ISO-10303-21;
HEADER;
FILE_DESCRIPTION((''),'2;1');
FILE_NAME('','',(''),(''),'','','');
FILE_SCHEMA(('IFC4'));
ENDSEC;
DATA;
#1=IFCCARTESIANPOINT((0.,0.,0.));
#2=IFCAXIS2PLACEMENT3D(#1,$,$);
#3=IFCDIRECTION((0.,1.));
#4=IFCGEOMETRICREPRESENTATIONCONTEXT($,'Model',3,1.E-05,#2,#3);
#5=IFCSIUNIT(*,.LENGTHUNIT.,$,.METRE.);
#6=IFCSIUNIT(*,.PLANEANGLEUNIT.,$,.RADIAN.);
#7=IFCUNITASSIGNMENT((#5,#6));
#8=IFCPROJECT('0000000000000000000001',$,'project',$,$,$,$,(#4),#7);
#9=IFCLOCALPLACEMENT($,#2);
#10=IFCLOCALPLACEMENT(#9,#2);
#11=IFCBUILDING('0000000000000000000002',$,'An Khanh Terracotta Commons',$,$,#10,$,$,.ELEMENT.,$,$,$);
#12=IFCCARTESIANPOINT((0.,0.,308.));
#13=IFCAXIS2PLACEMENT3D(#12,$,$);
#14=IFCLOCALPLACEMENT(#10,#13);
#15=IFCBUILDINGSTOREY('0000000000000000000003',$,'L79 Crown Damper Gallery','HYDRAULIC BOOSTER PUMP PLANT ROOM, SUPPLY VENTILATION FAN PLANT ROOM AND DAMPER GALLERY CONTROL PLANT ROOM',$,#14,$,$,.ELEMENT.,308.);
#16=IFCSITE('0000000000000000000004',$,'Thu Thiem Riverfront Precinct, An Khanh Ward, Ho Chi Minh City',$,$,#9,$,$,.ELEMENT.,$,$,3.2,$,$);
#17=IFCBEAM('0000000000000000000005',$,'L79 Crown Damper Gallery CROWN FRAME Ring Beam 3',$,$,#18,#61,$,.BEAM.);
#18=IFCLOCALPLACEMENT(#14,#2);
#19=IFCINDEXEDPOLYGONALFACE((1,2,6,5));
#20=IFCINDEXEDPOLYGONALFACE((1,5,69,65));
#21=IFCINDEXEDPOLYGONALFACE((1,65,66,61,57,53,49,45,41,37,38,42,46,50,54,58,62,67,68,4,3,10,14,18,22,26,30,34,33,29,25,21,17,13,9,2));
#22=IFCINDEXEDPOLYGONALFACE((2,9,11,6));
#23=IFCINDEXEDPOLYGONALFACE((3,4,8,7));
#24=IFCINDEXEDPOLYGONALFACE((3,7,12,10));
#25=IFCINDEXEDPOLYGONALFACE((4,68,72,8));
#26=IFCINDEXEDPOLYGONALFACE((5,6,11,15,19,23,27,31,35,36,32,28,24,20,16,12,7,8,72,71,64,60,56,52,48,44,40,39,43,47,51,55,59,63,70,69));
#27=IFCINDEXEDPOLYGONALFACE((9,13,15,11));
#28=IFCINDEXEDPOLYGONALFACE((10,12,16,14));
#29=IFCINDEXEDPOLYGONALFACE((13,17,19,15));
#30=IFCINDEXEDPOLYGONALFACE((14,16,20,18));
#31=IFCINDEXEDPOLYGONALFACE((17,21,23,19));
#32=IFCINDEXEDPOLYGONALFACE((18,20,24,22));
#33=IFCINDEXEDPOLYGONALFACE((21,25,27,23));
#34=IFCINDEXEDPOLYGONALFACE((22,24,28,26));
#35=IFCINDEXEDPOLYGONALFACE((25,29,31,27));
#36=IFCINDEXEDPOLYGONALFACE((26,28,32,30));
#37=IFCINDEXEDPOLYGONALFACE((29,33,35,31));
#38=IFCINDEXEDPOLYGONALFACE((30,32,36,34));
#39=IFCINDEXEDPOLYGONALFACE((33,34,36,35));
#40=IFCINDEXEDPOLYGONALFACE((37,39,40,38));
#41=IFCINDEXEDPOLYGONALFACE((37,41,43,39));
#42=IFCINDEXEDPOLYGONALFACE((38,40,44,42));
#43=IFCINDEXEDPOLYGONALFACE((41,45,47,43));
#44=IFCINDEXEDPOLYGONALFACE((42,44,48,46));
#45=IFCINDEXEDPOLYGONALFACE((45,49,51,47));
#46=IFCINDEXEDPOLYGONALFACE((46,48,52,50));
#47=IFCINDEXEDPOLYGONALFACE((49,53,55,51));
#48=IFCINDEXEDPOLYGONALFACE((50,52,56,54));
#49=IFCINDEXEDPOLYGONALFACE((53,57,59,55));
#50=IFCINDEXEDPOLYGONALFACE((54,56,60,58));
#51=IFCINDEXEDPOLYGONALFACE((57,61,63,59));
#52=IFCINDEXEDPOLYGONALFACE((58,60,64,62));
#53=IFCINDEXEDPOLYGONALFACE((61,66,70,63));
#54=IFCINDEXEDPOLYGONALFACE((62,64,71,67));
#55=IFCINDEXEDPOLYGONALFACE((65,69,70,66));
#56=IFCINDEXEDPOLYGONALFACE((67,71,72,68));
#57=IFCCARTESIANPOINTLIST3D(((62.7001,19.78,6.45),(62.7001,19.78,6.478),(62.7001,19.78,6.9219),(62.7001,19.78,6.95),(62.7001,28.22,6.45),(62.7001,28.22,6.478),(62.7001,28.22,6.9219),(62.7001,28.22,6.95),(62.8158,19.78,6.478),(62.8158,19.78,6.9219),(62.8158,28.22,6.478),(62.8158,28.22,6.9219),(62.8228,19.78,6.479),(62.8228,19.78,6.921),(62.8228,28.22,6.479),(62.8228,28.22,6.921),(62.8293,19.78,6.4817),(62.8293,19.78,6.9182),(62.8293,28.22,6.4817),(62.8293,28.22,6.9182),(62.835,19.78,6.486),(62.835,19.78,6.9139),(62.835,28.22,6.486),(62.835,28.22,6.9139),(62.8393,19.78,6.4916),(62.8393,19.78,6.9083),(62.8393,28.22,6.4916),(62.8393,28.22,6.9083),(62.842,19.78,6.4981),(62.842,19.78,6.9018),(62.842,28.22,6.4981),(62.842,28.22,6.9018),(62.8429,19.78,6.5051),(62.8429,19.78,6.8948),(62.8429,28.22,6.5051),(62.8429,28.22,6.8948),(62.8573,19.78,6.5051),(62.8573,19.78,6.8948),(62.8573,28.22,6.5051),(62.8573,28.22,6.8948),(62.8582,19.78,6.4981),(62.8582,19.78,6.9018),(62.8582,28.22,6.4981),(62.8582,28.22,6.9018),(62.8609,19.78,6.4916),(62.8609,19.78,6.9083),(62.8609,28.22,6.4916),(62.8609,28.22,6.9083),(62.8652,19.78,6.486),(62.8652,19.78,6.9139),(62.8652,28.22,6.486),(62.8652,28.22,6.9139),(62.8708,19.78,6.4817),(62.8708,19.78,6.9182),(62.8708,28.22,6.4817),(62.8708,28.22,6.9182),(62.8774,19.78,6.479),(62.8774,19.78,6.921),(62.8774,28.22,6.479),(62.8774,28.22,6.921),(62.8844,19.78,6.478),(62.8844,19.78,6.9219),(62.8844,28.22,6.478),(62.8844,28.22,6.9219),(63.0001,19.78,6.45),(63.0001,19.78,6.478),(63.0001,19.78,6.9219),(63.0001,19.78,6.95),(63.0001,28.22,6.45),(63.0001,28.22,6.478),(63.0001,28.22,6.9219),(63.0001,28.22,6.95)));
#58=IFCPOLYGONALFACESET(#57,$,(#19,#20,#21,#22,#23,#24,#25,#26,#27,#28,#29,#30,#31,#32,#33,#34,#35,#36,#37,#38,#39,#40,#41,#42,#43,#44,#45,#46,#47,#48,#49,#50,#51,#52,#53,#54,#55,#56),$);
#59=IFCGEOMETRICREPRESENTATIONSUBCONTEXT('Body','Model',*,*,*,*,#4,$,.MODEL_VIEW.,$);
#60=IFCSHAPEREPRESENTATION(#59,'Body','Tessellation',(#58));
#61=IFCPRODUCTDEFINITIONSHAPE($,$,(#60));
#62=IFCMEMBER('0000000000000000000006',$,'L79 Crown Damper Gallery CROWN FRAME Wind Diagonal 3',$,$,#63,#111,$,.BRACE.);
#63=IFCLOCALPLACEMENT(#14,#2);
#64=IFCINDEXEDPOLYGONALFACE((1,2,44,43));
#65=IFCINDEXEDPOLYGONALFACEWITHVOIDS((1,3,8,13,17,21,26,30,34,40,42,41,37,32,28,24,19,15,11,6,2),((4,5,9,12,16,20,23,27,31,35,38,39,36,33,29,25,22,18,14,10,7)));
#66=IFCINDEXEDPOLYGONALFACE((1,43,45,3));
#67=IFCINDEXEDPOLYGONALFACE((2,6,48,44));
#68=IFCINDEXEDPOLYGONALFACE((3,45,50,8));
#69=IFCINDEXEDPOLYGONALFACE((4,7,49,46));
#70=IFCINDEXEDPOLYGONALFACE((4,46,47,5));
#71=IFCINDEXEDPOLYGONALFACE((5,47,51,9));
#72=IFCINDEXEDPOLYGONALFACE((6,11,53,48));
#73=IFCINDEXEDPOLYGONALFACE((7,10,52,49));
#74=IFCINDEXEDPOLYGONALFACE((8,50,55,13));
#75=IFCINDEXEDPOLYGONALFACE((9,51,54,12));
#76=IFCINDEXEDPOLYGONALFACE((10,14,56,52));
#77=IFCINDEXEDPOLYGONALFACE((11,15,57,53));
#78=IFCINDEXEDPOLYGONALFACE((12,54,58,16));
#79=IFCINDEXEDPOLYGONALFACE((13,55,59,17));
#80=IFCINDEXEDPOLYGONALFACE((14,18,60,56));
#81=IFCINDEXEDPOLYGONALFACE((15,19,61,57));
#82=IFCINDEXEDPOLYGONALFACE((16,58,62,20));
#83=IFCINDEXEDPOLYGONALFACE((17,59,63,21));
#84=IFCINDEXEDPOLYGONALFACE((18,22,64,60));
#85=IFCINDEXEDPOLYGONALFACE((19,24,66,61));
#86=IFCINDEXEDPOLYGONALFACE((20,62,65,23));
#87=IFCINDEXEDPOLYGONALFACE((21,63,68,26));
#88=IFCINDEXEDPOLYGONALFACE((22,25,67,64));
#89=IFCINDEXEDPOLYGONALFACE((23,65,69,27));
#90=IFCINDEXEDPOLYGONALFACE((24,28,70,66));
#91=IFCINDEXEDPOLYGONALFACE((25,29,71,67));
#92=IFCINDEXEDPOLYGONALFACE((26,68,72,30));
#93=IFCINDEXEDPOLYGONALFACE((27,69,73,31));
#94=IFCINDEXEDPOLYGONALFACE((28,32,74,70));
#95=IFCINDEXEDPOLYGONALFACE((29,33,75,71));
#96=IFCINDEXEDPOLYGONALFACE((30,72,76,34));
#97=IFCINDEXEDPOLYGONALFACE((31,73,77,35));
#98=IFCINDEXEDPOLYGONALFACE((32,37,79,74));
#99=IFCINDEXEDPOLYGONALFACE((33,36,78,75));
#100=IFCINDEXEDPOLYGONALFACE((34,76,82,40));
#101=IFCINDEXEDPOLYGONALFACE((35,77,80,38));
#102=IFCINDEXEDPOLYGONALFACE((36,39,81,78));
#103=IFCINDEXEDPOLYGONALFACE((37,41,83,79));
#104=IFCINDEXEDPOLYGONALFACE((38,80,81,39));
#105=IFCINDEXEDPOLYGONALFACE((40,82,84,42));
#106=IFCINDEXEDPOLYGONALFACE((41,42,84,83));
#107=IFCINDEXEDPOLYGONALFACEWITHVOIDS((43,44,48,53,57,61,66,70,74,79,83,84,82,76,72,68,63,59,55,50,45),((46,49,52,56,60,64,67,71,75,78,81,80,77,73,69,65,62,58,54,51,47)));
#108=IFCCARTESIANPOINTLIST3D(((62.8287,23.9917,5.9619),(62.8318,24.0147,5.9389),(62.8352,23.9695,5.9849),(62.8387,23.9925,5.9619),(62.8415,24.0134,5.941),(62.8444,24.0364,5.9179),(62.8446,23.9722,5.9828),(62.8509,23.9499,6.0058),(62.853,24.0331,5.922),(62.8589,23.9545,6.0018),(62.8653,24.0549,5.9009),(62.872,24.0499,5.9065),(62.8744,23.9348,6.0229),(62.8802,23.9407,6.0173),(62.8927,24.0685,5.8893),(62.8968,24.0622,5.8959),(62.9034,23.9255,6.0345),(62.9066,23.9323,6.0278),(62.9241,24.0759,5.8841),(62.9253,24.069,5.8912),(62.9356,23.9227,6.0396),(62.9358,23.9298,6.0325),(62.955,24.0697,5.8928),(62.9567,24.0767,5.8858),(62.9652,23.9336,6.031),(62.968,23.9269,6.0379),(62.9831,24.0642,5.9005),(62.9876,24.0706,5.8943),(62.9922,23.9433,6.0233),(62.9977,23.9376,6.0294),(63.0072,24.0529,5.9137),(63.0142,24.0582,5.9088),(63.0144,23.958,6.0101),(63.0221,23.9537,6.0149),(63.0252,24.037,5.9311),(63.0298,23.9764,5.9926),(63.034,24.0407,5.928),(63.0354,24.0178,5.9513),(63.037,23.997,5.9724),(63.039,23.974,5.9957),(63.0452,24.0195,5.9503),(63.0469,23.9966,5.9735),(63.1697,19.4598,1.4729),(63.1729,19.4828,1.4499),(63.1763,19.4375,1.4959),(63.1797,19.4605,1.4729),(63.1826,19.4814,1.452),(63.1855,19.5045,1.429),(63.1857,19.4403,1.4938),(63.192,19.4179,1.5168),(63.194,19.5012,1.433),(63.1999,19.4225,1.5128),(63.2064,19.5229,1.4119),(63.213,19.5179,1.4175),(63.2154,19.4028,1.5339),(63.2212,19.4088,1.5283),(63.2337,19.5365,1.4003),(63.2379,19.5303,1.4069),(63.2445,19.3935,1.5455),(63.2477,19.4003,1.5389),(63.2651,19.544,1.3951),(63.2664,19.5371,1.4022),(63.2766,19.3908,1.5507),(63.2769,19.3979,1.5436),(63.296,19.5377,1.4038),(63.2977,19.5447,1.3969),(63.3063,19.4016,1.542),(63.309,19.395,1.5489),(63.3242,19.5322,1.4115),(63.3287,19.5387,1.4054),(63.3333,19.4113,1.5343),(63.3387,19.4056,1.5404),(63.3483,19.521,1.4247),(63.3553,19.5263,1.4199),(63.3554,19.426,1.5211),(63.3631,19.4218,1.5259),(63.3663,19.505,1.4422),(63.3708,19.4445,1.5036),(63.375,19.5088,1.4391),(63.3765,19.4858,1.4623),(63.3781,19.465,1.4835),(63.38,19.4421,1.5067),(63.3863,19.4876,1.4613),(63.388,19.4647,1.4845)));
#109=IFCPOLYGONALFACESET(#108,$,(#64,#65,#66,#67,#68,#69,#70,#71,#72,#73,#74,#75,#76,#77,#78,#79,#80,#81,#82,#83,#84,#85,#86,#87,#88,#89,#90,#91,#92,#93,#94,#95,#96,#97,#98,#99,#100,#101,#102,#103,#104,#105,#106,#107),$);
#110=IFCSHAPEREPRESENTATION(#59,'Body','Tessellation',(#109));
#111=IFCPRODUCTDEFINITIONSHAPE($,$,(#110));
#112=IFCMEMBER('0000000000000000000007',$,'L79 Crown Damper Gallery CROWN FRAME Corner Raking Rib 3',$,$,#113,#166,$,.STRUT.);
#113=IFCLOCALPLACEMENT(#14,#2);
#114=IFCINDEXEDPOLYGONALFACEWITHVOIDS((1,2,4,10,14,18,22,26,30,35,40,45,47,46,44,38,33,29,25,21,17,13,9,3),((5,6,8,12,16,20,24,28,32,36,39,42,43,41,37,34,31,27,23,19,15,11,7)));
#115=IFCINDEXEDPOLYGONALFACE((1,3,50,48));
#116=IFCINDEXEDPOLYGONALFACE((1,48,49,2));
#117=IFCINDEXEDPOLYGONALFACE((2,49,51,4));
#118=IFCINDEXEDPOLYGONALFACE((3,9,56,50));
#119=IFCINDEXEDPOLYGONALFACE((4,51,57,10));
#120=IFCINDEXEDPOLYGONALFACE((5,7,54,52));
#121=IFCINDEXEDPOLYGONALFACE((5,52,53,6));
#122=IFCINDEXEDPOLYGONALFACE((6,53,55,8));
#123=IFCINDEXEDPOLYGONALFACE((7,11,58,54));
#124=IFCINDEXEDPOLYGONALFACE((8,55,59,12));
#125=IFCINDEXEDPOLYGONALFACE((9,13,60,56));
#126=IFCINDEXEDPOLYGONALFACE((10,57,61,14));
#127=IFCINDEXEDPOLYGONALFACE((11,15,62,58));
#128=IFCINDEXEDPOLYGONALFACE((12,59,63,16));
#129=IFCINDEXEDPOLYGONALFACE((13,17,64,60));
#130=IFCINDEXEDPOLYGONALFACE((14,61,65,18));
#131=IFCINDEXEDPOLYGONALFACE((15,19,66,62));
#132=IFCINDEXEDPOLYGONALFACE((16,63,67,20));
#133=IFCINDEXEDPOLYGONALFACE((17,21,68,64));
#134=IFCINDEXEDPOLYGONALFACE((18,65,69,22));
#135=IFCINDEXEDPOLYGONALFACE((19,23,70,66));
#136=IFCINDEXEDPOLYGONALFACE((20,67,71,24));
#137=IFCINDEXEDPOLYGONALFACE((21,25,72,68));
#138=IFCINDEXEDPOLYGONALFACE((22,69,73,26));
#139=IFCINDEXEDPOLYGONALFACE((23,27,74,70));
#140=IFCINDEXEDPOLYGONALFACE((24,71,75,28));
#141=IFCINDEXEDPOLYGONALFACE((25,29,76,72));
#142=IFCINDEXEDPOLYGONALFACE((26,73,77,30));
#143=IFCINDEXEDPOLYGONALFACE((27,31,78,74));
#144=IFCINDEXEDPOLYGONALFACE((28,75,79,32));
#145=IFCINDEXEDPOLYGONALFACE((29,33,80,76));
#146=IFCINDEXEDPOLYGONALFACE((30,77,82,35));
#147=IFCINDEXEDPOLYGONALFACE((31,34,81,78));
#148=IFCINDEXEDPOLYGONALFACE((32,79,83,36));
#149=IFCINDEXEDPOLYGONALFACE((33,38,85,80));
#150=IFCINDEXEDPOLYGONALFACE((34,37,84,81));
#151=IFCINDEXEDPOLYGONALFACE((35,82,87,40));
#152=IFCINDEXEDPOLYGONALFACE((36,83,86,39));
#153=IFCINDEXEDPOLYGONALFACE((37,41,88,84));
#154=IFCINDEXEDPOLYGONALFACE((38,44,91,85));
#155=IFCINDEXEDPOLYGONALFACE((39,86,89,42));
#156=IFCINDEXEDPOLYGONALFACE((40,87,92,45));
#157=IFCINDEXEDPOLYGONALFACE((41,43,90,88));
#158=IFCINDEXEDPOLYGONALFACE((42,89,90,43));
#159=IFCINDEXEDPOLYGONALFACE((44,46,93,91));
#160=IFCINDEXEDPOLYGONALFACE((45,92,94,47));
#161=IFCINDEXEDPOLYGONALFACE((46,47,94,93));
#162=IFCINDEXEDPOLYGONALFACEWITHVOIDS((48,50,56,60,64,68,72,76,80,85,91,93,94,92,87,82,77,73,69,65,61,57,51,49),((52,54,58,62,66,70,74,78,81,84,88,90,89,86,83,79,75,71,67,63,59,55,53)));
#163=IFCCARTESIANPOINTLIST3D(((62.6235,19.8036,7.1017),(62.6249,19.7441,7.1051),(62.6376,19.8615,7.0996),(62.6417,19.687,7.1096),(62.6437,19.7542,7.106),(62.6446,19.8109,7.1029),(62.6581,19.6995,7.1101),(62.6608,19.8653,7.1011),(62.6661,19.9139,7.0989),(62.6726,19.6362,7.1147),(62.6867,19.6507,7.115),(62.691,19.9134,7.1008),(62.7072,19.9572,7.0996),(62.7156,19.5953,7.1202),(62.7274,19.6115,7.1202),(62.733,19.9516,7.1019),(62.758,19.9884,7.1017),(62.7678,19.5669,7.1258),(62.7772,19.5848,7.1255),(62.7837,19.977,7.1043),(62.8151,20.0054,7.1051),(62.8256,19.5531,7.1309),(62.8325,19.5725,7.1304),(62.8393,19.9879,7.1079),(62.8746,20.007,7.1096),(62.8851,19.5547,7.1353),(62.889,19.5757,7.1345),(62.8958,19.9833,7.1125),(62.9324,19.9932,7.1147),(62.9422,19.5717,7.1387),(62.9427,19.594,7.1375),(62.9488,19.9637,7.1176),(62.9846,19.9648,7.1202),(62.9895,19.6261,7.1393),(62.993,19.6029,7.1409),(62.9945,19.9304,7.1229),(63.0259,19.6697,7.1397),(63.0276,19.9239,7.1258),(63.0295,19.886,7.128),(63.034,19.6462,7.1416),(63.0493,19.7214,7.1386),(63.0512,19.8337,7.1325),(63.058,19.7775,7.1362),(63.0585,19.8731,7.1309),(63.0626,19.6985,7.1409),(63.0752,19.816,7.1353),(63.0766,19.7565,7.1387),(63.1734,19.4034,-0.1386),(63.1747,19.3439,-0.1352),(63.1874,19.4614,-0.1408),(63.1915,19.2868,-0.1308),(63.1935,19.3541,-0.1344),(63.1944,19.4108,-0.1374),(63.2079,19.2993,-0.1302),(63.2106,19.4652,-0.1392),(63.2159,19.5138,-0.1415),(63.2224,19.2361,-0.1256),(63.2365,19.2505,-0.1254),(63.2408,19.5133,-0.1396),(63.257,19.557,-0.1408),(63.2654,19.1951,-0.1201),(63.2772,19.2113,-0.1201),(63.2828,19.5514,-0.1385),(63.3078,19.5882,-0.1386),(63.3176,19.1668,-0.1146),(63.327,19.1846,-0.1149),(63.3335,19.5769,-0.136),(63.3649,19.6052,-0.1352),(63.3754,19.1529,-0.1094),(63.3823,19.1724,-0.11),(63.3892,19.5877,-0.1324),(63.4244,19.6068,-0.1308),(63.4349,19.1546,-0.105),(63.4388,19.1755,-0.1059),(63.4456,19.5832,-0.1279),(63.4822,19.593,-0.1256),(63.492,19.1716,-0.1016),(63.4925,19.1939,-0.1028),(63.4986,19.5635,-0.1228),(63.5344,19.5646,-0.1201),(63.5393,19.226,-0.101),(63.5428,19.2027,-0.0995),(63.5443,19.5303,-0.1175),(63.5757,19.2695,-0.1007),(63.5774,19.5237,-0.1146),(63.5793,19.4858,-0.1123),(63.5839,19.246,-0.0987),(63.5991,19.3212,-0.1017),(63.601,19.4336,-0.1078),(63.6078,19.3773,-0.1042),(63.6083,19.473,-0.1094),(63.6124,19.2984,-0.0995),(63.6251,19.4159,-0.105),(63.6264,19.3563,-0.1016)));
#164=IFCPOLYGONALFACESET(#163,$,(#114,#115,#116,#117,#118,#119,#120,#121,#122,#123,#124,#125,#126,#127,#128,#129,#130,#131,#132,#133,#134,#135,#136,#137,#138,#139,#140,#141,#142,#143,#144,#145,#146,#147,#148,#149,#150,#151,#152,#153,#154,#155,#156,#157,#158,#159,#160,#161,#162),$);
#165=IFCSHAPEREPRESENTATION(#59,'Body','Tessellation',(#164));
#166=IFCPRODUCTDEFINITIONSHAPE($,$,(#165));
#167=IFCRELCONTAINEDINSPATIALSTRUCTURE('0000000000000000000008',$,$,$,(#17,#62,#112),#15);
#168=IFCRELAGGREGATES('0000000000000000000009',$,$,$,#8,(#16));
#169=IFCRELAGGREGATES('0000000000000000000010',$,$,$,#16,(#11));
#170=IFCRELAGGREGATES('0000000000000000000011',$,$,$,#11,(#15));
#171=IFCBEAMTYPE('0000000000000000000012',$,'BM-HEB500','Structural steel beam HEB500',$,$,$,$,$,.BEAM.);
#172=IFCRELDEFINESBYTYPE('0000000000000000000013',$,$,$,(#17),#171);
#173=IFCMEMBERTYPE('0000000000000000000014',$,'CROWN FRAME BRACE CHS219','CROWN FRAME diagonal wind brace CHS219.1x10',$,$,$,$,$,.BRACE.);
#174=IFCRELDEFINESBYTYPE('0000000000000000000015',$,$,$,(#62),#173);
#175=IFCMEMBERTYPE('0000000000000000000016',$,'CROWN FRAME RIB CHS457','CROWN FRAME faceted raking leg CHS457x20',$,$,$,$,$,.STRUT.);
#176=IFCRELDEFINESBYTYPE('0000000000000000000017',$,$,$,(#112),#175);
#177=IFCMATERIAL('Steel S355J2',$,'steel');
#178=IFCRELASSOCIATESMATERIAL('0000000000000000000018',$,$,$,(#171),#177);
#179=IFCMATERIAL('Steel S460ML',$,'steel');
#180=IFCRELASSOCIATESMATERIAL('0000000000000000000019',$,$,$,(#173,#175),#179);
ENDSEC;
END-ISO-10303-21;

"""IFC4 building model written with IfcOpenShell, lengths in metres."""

from ifc_helpers import new_model, si_unit, direction, frame, origin, origin_2d, place, context, subcontext, project, spatial, hollow_circle, i_section, extrude, material, material_profile, profile_set, type_object, element, save


model = new_model("IFC4")

# Units and contexts
model_context = context("Model", 3, precision=1e-05, world=origin(), true_north=direction((0.0, 1.0)))
body_context = subcontext(model_context, "Body", "Model", "MODEL_VIEW")
ifc_project = project(units=[si_unit("LENGTHUNIT", "METRE"), si_unit("PLANEANGLEUNIT", "RADIAN")], contexts=[model_context])

# Site, building, storey
site_placement = place(None, origin())
site = spatial("IfcSite", under=ifc_project, at=site_placement, Name="Thu Thiem Riverfront Precinct, An Khanh Ward, Ho Chi Minh City", CompositionType="ELEMENT", RefElevation=3.2)
building_placement = place(site_placement, origin())
building = spatial("IfcBuilding", under=site, at=building_placement, Name="An Khanh Terracotta Commons", CompositionType="ELEMENT")
storey_placement = place(building_placement, frame((0.0, 0.0, 308.0)))
storey = spatial("IfcBuildingStorey", under=building, at=storey_placement, Name="L79 Crown Damper Gallery", Description="HYDRAULIC BOOSTER PUMP PLANT ROOM, SUPPLY VENTILATION FAN PLANT ROOM AND DAMPER GALLERY CONTROL PLANT ROOM", CompositionType="ELEMENT", Elevation=308.0)

# Beam
ifc_material_1 = material(Name="Steel S355J2", Category="steel")
ifc_material_profile_1 = material_profile(ifc_material_1, i_section(OverallWidth=0.3, OverallDepth=0.5, WebThickness=0.0144, FlangeThickness=0.0281, FilletRadius=0.0271, at=origin_2d()), Name="HEB500")
ifc_profile_set_1 = profile_set([ifc_material_profile_1], Name="Steel S355J2")
beam_type = type_object("IfcBeamType", Name="BM-HEB500", Description="Structural steel beam HEB500", PredefinedType="BEAM", material=ifc_profile_set_1)
beam_placement = place(storey_placement, frame((62.8501, 19.78, 6.7), z_axis=(0.0, 1.0, 0.0), x_axis=(-1.0, 0.0, 0.0)))
element("IfcBeam", 1, at=beam_placement, inside=storey, type_object=beam_type, Name="L79 Crown Damper Gallery CROWN FRAME Ring Beam 3", PredefinedType="BEAM", context=body_context, shape_type="SweptSolid", body=[
    extrude(i_section(OverallWidth=0.3, OverallDepth=0.5, WebThickness=0.0144, FlangeThickness=0.0281, FilletRadius=0.0271, at=origin_2d()), origin(), (0.0, 0.0, 1.0), 8.4399),
])

# Members
ifc_material_2 = material(Name="Steel S460ML", Category="steel")
ifc_material_profile_2 = material_profile(ifc_material_2, hollow_circle(Radius=0.1096, WallThickness=0.01, at=origin_2d()), Name="CHS219.1x10")
ifc_profile_set_2 = profile_set([ifc_material_profile_2], Name="Steel S460ML")
member_type_1 = type_object("IfcMemberType", Name="CROWN FRAME BRACE CHS219", Description="CROWN FRAME diagonal wind brace CHS219.1x10", PredefinedType="BRACE", material=ifc_profile_set_2)
member_1_placement = place(storey_placement, frame((63.2791, 19.468, 1.4729), z_axis=(-0.053392, 0.709453, 0.702727), x_axis=(-0.99718, -0.075045, 0.0)))
element("IfcMember", 2, at=member_1_placement, inside=storey, type_object=member_type_1, Name="L79 Crown Damper Gallery CROWN FRAME Wind Diagonal 3", PredefinedType="BRACE", context=body_context, shape_type="SweptSolid", body=[
    extrude(hollow_circle(Radius=0.1096, WallThickness=0.01, at=origin_2d()), origin(), (0.0, 0.0, 1.0), 6.3879),
])
ifc_material_profile_3 = material_profile(ifc_material_2, hollow_circle(Radius=0.2285, WallThickness=0.02, at=origin_2d()), Name="CHS457x20")
ifc_profile_set_3 = profile_set([ifc_material_profile_3], Name="Steel S460ML")
member_type_2 = type_object("IfcMemberType", Name="CROWN FRAME RIB CHS457", Description="CROWN FRAME faceted raking leg CHS457x20", PredefinedType="STRUT", material=ifc_profile_set_3)
member_2_placement = place(storey_placement, frame((63.3999, 19.3799, -0.1201), z_axis=(-0.075605, 0.055025, 0.995618), x_axis=(-0.588449, -0.808534, 0.0)))
element("IfcMember", 3, at=member_2_placement, inside=storey, type_object=member_type_2, Name="L79 Crown Damper Gallery CROWN FRAME Corner Raking Rib 3", PredefinedType="STRUT", context=body_context, shape_type="SweptSolid", body=[
    extrude(hollow_circle(Radius=0.2285, WallThickness=0.02, at=origin_2d()), origin(), (0.0, 0.0, 1.0), 7.2722),
])

save(model, "model.ifc")
